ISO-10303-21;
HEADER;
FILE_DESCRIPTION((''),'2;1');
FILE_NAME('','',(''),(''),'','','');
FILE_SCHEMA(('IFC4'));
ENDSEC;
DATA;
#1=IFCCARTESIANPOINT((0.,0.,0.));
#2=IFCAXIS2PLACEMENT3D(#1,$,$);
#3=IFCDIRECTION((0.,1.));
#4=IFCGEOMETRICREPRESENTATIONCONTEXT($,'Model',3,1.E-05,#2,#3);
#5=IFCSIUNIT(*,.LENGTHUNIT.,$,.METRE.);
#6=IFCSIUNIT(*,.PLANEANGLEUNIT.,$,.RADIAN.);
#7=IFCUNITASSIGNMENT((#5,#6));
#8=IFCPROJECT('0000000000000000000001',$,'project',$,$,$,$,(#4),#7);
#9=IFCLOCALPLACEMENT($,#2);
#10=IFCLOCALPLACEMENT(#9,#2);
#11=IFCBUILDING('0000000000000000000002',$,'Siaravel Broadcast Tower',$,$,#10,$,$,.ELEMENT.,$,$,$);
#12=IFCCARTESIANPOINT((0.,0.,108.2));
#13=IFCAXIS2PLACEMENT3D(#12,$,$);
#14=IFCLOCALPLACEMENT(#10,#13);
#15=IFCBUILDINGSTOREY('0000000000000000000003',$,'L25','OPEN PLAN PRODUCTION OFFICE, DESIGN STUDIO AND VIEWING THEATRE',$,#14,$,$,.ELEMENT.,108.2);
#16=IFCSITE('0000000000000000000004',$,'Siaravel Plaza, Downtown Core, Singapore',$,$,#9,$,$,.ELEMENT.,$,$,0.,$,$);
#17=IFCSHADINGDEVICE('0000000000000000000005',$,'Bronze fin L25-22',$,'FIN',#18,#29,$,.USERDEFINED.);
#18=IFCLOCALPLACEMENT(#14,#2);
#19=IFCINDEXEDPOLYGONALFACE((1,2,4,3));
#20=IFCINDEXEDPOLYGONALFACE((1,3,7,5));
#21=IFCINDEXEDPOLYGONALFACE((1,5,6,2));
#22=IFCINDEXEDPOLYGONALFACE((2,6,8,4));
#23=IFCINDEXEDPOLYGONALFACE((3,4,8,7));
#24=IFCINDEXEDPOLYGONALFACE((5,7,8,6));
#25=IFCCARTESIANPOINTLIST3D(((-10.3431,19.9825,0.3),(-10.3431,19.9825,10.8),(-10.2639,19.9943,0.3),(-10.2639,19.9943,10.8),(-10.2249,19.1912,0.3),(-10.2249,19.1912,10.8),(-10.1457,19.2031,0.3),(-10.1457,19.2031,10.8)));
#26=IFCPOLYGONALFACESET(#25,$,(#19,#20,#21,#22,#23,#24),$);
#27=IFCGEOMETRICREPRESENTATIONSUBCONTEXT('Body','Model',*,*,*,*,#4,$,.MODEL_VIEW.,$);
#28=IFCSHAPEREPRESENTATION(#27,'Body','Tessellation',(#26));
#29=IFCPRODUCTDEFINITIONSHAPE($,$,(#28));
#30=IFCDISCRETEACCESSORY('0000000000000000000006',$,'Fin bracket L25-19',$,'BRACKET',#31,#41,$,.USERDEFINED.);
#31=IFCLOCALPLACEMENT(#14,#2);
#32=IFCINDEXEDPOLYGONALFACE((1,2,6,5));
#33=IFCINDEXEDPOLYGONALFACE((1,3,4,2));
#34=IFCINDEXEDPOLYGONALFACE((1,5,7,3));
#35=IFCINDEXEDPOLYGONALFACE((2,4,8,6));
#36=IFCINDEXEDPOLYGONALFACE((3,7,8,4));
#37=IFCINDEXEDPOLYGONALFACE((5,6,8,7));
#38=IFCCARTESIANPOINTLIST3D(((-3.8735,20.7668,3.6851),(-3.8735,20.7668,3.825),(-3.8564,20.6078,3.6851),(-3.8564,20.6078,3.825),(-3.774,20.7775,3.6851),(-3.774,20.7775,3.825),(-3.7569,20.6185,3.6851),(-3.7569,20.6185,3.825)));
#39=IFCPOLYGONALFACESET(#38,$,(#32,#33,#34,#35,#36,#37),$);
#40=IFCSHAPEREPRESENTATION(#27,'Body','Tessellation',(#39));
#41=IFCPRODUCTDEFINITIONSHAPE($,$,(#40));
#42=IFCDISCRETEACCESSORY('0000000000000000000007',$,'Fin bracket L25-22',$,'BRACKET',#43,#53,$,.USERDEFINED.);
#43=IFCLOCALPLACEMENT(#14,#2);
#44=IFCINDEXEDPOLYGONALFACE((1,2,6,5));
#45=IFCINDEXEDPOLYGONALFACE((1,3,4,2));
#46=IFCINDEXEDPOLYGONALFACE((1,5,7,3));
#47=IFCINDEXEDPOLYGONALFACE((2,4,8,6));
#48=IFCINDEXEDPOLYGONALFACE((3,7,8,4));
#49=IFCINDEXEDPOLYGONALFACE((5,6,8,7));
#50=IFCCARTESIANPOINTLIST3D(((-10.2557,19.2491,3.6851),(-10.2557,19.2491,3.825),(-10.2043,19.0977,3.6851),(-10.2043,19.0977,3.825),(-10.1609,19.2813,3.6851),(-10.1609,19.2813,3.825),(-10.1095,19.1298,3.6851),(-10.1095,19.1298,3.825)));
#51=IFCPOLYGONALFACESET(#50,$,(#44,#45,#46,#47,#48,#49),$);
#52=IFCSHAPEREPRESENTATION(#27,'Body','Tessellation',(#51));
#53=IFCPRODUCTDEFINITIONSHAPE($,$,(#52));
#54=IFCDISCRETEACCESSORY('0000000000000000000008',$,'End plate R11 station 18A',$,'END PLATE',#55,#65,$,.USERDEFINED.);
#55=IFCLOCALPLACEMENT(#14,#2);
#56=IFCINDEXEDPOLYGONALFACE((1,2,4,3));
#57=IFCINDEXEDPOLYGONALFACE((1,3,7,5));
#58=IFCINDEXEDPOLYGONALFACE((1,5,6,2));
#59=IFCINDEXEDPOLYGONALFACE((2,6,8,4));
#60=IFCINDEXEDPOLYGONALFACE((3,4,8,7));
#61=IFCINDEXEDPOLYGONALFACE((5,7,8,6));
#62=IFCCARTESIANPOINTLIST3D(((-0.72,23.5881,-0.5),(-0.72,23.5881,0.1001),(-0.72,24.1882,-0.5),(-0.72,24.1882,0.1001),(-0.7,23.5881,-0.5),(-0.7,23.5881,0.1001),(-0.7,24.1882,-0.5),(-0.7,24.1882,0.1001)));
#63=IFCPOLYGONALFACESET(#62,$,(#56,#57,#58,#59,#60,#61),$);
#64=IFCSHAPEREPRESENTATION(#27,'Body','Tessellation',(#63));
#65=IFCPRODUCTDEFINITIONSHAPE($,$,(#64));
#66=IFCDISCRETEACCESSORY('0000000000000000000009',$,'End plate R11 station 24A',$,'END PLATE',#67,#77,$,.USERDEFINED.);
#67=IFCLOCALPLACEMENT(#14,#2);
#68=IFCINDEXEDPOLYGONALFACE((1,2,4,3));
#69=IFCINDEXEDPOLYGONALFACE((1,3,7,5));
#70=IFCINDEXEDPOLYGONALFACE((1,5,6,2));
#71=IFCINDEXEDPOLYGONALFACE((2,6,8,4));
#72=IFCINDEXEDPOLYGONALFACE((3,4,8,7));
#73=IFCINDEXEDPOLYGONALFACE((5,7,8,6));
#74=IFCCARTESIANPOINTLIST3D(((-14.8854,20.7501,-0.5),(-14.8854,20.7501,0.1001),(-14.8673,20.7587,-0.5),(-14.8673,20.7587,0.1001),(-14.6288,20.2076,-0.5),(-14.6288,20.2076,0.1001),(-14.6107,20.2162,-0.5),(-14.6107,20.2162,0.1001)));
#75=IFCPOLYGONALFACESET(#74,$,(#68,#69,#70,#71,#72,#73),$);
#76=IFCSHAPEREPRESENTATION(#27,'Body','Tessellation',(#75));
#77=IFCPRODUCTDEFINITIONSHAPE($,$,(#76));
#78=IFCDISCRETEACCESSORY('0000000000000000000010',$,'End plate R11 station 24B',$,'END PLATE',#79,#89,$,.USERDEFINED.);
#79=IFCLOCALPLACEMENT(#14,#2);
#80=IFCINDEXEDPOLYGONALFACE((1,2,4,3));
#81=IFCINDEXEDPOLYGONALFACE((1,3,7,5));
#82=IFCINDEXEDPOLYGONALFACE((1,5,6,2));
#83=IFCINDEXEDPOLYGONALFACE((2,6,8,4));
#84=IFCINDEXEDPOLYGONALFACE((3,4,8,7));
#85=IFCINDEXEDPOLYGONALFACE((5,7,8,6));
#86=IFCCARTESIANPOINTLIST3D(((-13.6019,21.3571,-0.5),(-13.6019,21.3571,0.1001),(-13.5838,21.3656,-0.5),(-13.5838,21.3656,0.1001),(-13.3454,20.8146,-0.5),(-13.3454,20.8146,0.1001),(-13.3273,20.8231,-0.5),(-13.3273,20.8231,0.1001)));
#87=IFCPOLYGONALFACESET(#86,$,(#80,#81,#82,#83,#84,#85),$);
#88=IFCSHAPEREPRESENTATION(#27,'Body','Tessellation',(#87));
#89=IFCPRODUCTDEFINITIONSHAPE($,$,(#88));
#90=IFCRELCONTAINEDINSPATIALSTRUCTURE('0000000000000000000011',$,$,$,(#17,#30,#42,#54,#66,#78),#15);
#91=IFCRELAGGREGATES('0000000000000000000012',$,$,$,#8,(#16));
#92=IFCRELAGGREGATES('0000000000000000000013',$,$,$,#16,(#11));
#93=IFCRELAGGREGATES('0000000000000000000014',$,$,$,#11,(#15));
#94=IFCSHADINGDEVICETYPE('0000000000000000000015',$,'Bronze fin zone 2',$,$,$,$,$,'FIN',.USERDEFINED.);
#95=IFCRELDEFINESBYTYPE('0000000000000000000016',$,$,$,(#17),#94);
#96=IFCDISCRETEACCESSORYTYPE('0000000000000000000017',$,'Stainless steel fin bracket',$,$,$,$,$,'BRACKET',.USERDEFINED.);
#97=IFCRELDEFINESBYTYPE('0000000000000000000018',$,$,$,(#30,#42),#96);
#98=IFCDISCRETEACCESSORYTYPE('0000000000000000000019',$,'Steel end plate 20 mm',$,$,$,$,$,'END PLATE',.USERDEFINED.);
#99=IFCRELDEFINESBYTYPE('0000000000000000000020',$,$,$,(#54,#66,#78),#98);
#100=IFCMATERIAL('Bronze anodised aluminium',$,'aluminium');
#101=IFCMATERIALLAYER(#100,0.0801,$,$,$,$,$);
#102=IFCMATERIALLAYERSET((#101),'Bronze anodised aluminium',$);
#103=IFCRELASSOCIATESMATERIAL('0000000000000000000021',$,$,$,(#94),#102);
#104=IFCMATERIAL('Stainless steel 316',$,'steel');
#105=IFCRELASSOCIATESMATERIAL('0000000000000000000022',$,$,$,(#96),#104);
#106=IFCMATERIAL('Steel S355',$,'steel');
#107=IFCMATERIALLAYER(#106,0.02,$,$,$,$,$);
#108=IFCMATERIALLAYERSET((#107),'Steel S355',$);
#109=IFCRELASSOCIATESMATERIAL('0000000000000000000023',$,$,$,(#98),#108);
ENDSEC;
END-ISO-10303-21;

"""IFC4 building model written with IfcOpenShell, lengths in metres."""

from ifc_helpers import new_model, si_unit, direction, frame, origin, origin_2d, place, context, subcontext, project, spatial, rectangle, extrude, material, layer, layer_set, type_object, element, save


model = new_model("IFC4")

# Units and contexts
model_context = context("Model", 3, precision=1e-05, world=origin(), true_north=direction((0.0, 1.0)))
body_context = subcontext(model_context, "Body", "Model", "MODEL_VIEW")
ifc_project = project(units=[si_unit("LENGTHUNIT", "METRE"), si_unit("PLANEANGLEUNIT", "RADIAN")], contexts=[model_context])

# Site, building, storey
site_placement = place(None, origin())
site = spatial("IfcSite", under=ifc_project, at=site_placement, Name="Siaravel Plaza, Downtown Core, Singapore", CompositionType="ELEMENT", RefElevation=0.0)
building_placement = place(site_placement, origin())
building = spatial("IfcBuilding", under=site, at=building_placement, Name="Siaravel Broadcast Tower", CompositionType="ELEMENT")
storey_placement = place(building_placement, frame((0.0, 0.0, 108.2)))
storey = spatial("IfcBuildingStorey", under=building, at=storey_placement, Name="L25", Description="OPEN PLAN PRODUCTION OFFICE, DESIGN STUDIO AND VIEWING THEATRE", CompositionType="ELEMENT", Elevation=108.2)

# Shared definitions
ifc_material_1 = material(Name="Steel S355", Category="steel")

# Shading device
ifc_material_2 = material(Name="Bronze anodised aluminium", Category="aluminium")
ifc_layer_1 = layer(ifc_material_2, 0.0801)
ifc_layer_set_1 = layer_set([ifc_layer_1], Name="Bronze anodised aluminium")
shading_device_type = type_object("IfcShadingDeviceType", Name="Bronze fin zone 2", ElementType="FIN", PredefinedType="USERDEFINED", material=ifc_layer_set_1)
for number, where, z_axis, x_axis, name in (
    (1, (-10.2444, 19.5928, 0.3), (0.0, 0.0, 1.0), (-0.147728, 0.989028, 0.0), "Bronze fin L25-22"),
):
    element("IfcShadingDevice", number, at=place(storey_placement, frame(where, z_axis=z_axis, x_axis=x_axis)), inside=storey, type_object=shading_device_type, Name=name, ObjectType="FIN", PredefinedType="USERDEFINED", context=body_context, shape_type="SweptSolid", body=[
        extrude(rectangle(XDim=0.8, YDim=0.0801, at=origin_2d()), origin(), (0.0, 0.0, 1.0), 10.5),
    ])

# Discrete accessories
ifc_material_3 = material(Name="Stainless steel 316", Category="steel")
discrete_accessory_type_1 = type_object("IfcDiscreteAccessoryType", Name="Stainless steel fin bracket", ElementType="BRACKET", PredefinedType="USERDEFINED", material=ifc_material_3)
for number, where, z_axis, x_axis, name in (
    (2, (-3.8152, 20.6926, 3.6851), (0.0, 0.0, 1.0), (-0.107217, 0.994236, 0.0), "Fin bracket L25-19"),
    (3, (-10.1826, 19.1895, 3.6851), (0.0, 0.0, 1.0), (-0.321301, 0.946977, 0.0), "Fin bracket L25-22"),
):
    element("IfcDiscreteAccessory", number, at=place(storey_placement, frame(where, z_axis=z_axis, x_axis=x_axis)), inside=storey, type_object=discrete_accessory_type_1, Name=name, ObjectType="BRACKET", PredefinedType="USERDEFINED", context=body_context, shape_type="SweptSolid", body=[
        extrude(rectangle(XDim=0.1599, YDim=0.1001, at=origin_2d()), origin(), (0.0, 0.0, 1.0), 0.1399),
    ])
ifc_layer_2 = layer(ifc_material_1, 0.02)
ifc_layer_set_2 = layer_set([ifc_layer_2], Name="Steel S355")
discrete_accessory_type_2 = type_object("IfcDiscreteAccessoryType", Name="Steel end plate 20 mm", ElementType="END PLATE", PredefinedType="USERDEFINED", material=ifc_layer_set_2)
for number, where, z_axis, x_axis, name in (
    (4, (-0.71, 23.8882, -0.5), (0.0, 0.0, 1.0), (-1.0, 0.0, 0.0), "End plate R11 station 18A"),
    (5, (-14.748, 20.4832, -0.5), (0.0, 0.0, 1.0), (-0.904007, -0.427517, 0.0), "End plate R11 station 24A"),
    (6, (-13.4646, 21.0901, -0.5), (0.0, 0.0, 1.0), (-0.904007, -0.427517, 0.0), "End plate R11 station 24B"),
):
    element("IfcDiscreteAccessory", number, at=place(storey_placement, frame(where, z_axis=z_axis, x_axis=x_axis)), inside=storey, type_object=discrete_accessory_type_2, Name=name, ObjectType="END PLATE", PredefinedType="USERDEFINED", context=body_context, shape_type="SweptSolid", body=[
        extrude(rectangle(XDim=0.02, YDim=0.6001, at=origin_2d()), origin(), (0.0, 0.0, 1.0), 0.6001),
    ])

save(model, "model.ifc")
